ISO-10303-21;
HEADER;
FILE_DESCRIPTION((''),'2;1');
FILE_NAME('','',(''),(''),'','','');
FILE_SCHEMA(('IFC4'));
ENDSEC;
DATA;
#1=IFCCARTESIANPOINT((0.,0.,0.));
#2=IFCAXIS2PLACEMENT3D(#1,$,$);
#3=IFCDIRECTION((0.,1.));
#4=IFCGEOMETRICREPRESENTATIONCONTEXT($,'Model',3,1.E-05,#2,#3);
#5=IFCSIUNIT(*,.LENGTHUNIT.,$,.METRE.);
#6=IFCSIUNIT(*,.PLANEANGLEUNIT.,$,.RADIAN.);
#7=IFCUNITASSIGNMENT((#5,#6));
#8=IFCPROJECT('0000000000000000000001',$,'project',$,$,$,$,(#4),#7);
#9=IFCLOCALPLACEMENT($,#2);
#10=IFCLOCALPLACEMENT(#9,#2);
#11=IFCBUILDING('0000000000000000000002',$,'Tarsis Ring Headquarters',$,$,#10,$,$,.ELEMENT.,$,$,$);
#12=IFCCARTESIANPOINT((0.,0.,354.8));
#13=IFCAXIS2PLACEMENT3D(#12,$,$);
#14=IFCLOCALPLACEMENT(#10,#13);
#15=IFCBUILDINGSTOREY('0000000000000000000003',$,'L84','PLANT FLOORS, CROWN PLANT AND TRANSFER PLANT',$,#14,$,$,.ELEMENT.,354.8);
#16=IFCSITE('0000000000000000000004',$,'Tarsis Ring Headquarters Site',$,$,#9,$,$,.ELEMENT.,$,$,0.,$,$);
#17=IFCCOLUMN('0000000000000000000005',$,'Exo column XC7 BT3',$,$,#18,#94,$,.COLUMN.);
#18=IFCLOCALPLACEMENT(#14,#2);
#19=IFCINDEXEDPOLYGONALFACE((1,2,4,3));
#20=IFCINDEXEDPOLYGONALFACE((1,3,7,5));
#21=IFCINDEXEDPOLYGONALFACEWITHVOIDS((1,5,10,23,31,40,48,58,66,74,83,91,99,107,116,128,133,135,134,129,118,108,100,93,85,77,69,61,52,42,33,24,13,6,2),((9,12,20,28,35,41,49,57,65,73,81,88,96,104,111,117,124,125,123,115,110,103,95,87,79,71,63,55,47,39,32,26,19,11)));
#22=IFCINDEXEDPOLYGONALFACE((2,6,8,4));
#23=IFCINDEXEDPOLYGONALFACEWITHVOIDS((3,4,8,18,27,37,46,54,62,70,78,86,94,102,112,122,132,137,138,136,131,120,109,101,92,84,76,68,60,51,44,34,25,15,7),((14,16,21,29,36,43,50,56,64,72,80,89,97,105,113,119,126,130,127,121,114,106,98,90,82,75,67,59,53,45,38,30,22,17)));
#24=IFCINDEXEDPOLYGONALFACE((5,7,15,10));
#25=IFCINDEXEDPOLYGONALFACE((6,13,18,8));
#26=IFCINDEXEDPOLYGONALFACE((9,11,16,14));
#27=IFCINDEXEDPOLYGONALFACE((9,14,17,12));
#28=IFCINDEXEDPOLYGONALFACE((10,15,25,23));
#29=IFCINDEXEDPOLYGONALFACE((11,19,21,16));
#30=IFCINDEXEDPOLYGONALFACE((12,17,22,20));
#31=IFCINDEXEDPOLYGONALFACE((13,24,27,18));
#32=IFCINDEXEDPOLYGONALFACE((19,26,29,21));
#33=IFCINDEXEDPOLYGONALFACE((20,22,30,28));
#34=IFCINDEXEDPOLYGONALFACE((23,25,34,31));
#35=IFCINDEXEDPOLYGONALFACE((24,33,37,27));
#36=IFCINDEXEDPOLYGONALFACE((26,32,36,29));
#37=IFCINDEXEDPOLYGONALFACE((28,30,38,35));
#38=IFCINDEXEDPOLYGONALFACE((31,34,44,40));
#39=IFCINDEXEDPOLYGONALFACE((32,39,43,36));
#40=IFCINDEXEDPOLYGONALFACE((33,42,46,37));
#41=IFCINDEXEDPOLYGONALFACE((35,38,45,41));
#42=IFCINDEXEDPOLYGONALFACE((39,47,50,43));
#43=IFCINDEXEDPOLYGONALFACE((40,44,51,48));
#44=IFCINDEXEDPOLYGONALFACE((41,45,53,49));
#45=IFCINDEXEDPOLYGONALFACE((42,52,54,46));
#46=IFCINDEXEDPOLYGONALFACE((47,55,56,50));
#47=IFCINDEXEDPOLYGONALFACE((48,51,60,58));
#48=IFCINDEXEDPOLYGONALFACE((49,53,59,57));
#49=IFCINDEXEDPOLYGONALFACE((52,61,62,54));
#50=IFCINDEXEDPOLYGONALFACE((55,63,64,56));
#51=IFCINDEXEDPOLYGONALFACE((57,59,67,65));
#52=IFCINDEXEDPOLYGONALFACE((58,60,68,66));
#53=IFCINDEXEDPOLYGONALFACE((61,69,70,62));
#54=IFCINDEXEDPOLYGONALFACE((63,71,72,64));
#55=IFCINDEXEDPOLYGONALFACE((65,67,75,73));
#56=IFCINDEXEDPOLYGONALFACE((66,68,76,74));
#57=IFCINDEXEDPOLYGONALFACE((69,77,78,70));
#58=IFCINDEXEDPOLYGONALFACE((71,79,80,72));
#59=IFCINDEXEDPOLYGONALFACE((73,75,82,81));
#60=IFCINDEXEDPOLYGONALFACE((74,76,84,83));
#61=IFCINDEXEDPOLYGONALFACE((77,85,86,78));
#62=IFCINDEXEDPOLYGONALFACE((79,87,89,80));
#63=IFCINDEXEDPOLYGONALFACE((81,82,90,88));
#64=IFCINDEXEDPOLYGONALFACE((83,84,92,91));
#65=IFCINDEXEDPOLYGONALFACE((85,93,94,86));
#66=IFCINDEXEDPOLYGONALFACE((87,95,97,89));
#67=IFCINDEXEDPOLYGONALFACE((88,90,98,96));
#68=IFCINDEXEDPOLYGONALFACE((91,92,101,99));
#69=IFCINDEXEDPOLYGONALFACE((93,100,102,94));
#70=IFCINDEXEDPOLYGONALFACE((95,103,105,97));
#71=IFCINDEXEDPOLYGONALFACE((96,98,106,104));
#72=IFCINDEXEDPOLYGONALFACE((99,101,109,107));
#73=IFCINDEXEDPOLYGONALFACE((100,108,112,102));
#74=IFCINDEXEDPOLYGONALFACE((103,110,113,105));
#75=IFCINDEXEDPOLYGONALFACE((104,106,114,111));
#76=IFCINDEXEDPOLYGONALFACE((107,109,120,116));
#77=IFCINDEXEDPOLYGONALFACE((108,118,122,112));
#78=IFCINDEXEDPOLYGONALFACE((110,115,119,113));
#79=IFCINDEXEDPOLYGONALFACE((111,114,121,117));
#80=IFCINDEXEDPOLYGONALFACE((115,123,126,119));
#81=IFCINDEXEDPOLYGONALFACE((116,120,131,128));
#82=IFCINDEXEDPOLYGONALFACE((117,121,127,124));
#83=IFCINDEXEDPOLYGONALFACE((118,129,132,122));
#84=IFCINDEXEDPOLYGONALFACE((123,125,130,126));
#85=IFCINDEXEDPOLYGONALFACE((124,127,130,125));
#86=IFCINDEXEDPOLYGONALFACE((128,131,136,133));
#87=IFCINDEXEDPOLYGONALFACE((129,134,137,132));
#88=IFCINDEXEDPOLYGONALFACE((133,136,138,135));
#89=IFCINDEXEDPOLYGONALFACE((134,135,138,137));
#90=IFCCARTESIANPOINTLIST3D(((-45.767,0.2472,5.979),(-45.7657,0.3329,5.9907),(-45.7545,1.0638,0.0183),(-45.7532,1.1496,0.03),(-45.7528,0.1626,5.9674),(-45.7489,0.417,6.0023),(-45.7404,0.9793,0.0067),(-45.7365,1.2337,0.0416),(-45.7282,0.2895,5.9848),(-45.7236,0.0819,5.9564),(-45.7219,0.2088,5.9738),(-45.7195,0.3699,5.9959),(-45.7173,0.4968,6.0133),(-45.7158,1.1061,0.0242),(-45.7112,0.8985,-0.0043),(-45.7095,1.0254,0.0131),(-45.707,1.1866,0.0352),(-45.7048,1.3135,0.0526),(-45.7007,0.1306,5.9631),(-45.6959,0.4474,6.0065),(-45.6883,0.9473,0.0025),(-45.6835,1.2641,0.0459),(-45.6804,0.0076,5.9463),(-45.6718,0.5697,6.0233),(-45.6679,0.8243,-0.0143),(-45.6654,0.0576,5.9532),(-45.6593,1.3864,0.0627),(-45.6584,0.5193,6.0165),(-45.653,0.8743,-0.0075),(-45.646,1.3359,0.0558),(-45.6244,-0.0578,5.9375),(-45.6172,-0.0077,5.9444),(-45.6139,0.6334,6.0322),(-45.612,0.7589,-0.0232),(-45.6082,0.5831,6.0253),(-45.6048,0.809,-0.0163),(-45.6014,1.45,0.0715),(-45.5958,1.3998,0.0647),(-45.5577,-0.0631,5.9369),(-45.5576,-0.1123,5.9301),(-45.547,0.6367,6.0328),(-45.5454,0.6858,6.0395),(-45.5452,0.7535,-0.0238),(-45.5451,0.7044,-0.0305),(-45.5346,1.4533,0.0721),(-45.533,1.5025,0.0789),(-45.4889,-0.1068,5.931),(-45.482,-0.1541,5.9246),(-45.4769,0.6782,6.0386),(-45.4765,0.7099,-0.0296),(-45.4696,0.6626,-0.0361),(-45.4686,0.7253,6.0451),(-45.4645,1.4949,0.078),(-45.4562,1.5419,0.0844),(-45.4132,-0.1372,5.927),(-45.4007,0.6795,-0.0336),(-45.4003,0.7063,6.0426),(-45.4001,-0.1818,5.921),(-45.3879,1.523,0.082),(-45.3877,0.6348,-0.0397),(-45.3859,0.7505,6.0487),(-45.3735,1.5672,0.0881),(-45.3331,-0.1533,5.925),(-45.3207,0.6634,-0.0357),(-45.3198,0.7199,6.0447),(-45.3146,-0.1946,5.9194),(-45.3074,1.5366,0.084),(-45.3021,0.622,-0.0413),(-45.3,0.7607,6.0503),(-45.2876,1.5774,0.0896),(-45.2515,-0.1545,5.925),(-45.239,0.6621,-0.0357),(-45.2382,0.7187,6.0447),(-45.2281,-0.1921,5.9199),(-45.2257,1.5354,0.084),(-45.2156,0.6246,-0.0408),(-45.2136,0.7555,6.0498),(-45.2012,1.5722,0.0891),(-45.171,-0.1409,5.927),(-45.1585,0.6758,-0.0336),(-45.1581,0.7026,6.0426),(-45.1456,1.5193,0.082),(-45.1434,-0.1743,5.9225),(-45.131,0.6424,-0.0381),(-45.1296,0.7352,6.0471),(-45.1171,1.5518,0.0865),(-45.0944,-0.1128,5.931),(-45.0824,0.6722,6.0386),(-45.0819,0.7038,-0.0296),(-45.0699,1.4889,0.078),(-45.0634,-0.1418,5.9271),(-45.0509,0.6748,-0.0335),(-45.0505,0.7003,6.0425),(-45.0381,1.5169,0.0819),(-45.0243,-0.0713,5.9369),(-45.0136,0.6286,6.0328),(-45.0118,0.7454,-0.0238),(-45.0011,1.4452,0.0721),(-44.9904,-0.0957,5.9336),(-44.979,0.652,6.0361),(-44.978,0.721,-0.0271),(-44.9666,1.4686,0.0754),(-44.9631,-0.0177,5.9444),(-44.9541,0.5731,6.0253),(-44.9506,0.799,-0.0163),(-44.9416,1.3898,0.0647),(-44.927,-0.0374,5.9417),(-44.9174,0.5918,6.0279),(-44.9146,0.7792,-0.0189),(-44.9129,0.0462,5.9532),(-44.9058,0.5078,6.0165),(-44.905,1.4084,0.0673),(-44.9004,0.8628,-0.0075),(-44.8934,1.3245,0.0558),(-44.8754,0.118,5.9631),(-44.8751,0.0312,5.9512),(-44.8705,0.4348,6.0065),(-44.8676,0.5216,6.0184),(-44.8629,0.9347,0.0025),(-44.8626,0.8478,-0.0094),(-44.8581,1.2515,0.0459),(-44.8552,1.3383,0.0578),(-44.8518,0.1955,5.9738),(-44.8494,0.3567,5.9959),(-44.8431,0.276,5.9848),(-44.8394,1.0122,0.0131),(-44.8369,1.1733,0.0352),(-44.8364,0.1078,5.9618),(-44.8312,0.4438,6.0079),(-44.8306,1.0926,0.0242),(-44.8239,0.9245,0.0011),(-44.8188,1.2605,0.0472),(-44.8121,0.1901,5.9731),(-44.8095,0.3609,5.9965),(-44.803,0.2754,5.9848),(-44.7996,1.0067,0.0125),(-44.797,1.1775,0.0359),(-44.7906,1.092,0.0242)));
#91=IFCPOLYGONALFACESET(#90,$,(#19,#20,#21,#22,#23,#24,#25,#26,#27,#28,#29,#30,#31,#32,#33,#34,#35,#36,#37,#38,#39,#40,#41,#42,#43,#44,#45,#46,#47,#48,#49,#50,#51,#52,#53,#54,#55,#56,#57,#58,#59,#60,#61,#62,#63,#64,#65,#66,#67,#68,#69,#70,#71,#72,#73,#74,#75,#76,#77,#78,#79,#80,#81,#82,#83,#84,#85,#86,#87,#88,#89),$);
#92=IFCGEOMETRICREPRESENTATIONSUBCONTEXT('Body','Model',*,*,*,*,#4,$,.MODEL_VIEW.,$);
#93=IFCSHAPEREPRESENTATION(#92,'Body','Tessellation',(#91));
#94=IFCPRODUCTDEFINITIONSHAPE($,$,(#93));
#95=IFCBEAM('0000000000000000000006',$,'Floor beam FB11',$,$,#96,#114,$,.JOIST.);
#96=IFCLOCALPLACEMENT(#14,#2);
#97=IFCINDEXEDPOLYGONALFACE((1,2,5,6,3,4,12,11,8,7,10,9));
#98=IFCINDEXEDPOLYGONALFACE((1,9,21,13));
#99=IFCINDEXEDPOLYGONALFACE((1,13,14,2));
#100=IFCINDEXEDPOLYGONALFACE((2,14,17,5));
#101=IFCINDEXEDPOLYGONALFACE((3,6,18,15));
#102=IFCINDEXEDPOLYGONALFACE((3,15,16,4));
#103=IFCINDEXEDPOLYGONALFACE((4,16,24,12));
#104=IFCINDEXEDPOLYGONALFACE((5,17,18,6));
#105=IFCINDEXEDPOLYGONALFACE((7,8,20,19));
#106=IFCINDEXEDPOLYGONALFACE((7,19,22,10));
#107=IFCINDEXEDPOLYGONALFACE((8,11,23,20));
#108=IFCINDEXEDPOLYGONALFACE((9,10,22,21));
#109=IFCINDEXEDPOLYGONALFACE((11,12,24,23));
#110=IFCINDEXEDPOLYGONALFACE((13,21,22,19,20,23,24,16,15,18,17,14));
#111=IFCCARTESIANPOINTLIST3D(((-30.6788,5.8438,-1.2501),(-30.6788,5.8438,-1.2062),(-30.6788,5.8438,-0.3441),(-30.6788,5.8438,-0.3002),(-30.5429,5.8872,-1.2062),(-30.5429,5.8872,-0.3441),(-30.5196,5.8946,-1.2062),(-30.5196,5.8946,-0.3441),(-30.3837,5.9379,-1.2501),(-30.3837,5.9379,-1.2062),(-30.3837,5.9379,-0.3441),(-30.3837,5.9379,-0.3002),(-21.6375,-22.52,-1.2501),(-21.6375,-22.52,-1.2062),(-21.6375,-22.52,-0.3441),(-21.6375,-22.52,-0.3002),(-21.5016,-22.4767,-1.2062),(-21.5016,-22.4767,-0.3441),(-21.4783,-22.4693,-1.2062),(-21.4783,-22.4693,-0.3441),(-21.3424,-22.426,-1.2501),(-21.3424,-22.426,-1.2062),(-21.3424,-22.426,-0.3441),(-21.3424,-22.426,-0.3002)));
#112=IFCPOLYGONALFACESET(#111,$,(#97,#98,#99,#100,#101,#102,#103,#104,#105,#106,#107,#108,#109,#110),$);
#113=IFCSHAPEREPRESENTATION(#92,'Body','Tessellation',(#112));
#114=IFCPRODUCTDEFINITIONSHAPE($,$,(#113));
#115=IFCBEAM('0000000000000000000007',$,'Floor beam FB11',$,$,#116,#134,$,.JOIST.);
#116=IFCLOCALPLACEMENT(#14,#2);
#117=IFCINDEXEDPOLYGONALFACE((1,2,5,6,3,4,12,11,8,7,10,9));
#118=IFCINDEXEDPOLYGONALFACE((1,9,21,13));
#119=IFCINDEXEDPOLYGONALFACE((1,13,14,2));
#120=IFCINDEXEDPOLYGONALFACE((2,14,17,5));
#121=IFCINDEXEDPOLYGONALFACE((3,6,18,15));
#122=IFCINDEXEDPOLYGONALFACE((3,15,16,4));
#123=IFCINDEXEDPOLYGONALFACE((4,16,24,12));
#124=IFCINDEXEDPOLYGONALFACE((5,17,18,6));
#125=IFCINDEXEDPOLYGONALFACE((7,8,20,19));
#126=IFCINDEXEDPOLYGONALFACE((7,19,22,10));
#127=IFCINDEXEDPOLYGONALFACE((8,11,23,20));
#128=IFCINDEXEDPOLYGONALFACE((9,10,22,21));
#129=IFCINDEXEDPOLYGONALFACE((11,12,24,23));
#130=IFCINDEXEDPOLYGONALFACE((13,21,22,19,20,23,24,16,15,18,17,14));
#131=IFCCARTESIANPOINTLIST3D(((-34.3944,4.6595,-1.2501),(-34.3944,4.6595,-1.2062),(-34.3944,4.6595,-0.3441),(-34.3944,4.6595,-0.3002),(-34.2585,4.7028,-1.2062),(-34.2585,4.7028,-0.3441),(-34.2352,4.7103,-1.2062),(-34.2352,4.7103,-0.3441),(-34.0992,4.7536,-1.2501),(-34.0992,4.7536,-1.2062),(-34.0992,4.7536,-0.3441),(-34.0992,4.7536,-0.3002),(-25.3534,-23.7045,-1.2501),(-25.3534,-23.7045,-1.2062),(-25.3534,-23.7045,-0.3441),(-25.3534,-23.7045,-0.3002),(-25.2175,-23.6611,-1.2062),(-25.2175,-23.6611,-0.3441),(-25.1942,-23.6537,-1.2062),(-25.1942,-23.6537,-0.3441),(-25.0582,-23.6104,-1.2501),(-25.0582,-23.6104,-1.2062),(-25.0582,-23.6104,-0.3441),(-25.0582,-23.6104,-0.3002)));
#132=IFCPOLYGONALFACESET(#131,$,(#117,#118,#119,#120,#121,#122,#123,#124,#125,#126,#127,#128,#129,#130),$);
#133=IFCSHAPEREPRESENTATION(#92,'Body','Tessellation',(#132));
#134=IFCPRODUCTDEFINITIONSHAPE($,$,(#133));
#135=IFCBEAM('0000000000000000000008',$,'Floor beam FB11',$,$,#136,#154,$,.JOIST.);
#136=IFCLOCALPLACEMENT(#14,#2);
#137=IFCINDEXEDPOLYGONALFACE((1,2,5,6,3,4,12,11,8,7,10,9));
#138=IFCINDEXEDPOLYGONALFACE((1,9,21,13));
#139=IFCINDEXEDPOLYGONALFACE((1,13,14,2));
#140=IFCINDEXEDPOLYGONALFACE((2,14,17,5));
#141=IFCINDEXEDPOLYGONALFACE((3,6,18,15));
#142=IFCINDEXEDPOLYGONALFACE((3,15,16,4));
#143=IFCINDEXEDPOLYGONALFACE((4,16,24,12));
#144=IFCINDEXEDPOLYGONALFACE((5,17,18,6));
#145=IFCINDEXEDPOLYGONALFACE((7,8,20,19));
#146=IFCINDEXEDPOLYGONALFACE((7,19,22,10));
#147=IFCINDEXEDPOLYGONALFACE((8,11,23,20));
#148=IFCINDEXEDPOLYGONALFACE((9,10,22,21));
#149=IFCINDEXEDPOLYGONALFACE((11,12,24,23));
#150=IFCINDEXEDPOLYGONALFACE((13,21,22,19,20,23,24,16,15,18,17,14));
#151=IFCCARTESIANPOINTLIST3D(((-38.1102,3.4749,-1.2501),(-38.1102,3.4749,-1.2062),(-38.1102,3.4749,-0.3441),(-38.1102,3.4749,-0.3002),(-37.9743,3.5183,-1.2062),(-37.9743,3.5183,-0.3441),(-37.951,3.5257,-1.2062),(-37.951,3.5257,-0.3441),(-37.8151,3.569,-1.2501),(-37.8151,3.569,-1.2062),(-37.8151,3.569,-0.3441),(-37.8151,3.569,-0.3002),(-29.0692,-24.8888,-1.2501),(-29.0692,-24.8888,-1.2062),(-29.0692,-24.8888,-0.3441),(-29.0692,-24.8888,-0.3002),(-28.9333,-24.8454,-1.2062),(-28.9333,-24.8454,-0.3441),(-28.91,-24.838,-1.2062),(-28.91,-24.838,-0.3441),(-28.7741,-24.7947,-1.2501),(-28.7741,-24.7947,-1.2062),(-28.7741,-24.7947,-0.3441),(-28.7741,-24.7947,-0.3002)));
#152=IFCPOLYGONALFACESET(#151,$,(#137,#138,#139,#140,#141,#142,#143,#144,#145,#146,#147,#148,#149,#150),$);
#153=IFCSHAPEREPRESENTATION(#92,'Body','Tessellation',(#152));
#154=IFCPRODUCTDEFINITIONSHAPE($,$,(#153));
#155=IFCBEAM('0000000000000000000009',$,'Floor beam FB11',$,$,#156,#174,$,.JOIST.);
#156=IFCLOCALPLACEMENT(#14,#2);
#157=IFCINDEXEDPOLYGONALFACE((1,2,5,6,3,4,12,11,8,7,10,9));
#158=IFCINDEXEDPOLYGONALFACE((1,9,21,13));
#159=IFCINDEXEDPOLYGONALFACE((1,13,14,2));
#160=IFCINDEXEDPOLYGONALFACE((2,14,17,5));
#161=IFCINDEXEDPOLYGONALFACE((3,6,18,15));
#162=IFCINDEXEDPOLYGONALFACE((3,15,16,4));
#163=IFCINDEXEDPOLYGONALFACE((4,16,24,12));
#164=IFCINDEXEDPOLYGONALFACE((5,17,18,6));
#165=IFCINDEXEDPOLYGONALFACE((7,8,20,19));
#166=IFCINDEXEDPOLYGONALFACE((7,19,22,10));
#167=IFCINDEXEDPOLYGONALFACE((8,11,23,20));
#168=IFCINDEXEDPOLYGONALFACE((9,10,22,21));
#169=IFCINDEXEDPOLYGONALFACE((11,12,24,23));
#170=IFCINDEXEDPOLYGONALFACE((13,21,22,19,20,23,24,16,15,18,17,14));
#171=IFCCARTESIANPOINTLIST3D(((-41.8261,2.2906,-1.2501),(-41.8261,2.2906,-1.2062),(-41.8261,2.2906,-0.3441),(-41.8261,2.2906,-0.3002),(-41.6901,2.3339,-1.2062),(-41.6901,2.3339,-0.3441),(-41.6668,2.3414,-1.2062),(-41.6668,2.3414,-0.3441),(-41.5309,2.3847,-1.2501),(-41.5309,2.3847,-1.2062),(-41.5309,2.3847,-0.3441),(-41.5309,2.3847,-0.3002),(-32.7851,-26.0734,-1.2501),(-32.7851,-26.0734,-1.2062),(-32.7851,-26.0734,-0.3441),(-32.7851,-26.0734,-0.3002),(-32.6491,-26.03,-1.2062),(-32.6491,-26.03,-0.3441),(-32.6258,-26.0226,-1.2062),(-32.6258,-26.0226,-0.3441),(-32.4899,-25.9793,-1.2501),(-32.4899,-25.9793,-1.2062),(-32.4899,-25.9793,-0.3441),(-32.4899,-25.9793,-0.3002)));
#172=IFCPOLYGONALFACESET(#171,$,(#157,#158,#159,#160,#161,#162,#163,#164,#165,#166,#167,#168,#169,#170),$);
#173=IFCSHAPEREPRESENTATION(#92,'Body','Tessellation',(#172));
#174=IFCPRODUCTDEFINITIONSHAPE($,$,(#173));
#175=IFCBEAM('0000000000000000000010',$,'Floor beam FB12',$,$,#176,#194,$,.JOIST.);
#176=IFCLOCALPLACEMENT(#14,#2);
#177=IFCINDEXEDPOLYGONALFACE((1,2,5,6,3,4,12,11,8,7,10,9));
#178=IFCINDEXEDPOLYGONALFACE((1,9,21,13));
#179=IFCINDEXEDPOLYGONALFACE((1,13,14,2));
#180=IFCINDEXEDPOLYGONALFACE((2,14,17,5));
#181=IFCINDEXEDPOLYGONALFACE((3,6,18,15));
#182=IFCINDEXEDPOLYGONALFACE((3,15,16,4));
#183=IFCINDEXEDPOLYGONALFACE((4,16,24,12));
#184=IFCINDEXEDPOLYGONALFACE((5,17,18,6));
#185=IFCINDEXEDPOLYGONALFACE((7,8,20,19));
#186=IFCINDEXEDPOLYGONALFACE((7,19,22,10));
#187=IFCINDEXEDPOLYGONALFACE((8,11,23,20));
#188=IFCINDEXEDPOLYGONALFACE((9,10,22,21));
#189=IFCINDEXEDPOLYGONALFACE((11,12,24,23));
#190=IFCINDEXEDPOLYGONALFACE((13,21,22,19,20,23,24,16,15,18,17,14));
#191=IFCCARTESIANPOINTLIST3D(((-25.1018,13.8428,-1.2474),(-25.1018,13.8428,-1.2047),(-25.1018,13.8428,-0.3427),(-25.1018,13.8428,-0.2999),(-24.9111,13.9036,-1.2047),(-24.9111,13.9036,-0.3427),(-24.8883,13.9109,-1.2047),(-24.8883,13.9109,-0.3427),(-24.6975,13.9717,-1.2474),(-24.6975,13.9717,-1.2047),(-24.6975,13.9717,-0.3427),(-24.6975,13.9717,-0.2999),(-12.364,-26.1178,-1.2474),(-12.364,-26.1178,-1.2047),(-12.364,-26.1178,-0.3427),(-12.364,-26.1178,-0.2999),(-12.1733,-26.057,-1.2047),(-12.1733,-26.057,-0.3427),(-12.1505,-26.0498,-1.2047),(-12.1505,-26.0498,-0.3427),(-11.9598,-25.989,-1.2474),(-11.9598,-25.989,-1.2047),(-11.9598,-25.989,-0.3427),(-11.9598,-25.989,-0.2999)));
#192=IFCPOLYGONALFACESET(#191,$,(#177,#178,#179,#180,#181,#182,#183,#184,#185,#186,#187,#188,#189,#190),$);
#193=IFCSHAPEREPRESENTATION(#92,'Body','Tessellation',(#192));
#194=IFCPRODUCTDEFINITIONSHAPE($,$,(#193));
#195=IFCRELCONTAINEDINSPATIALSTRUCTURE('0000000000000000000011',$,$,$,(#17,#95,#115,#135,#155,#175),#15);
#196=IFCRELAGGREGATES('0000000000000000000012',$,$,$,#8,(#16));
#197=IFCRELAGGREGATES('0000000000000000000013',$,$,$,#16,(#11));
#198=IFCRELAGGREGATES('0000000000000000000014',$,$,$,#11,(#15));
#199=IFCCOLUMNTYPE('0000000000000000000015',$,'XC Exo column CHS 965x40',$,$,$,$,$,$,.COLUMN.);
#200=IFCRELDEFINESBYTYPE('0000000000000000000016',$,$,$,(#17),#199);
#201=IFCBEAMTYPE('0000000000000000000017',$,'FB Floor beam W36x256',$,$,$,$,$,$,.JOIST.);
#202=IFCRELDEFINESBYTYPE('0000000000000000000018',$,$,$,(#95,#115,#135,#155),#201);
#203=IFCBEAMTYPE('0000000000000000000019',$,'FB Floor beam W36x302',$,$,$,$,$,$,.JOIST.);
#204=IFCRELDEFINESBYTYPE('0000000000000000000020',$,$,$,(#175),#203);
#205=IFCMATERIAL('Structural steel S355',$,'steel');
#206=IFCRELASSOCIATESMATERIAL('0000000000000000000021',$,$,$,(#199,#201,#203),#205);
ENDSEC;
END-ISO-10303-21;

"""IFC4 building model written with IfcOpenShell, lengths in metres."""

from ifc_helpers import new_model, si_unit, direction, frame, origin, origin_2d, place, context, subcontext, project, spatial, hollow_circle, i_section, extrude, material, material_profile, profile_set, type_object, element, save


model = new_model("IFC4")

# Units and contexts
model_context = context("Model", 3, precision=1e-05, world=origin(), true_north=direction((0.0, 1.0)))
body_context = subcontext(model_context, "Body", "Model", "MODEL_VIEW")
ifc_project = project(units=[si_unit("LENGTHUNIT", "METRE"), si_unit("PLANEANGLEUNIT", "RADIAN")], contexts=[model_context])

# Site, building, storey
site_placement = place(None, origin())
site = spatial("IfcSite", under=ifc_project, at=site_placement, Name="Tarsis Ring Headquarters Site", CompositionType="ELEMENT", RefElevation=0.0)
building_placement = place(site_placement, origin())
building = spatial("IfcBuilding", under=site, at=building_placement, Name="Tarsis Ring Headquarters", CompositionType="ELEMENT")
storey_placement = place(building_placement, frame((0.0, 0.0, 354.8)))
storey = spatial("IfcBuildingStorey", under=building, at=storey_placement, Name="L84", Description="PLANT FLOORS, CROWN PLANT AND TRANSFER PLANT", CompositionType="ELEMENT", Elevation=354.8)

# Column
ifc_material_1 = material(Name="Structural steel S355", Category="steel")
ifc_material_profile_1 = material_profile(ifc_material_1, hollow_circle(Radius=0.4827, WallThickness=0.04, at=origin_2d()), Name="CHS 965x40")
ifc_profile_set_1 = profile_set([ifc_material_profile_1], Name="Structural steel S355")
column_type = type_object("IfcColumnType", Name="XC Exo column CHS 965x40", PredefinedType="COLUMN", material=ifc_profile_set_1)
column_1_placement = place(storey_placement, frame((-45.2732, 1.0994, 0.0242), z_axis=(-0.00207, -0.135738, 0.990743), x_axis=(0.999884, -0.015245, 0.0)))
element("IfcColumn", 1, at=column_1_placement, inside=storey, type_object=column_type, Name="Exo column XC7 BT3", PredefinedType="COLUMN", context=body_context, shape_type="SweptSolid", body=[
    extrude(hollow_circle(Radius=0.4827, WallThickness=0.04, at=origin_2d()), origin(), (0.0, 0.0, 1.0), 6.0164),
])

# Beams
ifc_material_profile_2 = material_profile(ifc_material_1, i_section(OverallWidth=0.3098, OverallDepth=0.95, WebThickness=0.0244, FlangeThickness=0.0439, at=origin_2d()), Name="W36x256")
ifc_profile_set_2 = profile_set([ifc_material_profile_2], Name="Structural steel S355")
beam_type_1 = type_object("IfcBeamType", Name="FB Floor beam W36x256", PredefinedType="JOIST", material=ifc_profile_set_2)
for number, where, z_axis, x_axis, name in (
    (2, (-30.5312, 5.8909, -0.7751), (0.303705, -0.952766, 0.0), (0.952766, 0.303705, 0.0), "Floor beam FB11"),
    (3, (-34.2468, 4.7065, -0.7751), (0.303695, -0.952769, 0.0), (0.952769, 0.303695, 0.0), "Floor beam FB11"),
):
    element("IfcBeam", number, at=place(storey_placement, frame(where, z_axis=z_axis, x_axis=x_axis)), inside=storey, type_object=beam_type_1, Name=name, PredefinedType="JOIST", context=body_context, shape_type="SweptSolid", body=[
        extrude(i_section(OverallWidth=0.3098, OverallDepth=0.95, WebThickness=0.0244, FlangeThickness=0.0439, at=origin_2d()), origin(), (0.0, 0.0, 1.0), 29.77),
    ])
beam_1_placement = place(storey_placement, frame((-37.9626, 3.522, -0.7751), z_axis=(0.303697, -0.952769, 0.0), x_axis=(0.952769, 0.303697, 0.0)))
element("IfcBeam", 4, at=beam_1_placement, inside=storey, type_object=beam_type_1, Name="Floor beam FB11", PredefinedType="JOIST", context=body_context, shape_type="SweptSolid", body=[
    extrude(i_section(OverallWidth=0.3098, OverallDepth=0.95, WebThickness=0.0244, FlangeThickness=0.0439, at=origin_2d()), origin(), (0.0, 0.0, 1.0), 29.7698),
])
beam_2_placement = place(storey_placement, frame((-41.6785, 2.3376, -0.7751), z_axis=(0.303695, -0.952769, 0.0), x_axis=(0.952769, 0.303695, 0.0)))
element("IfcBeam", 5, at=beam_2_placement, inside=storey, type_object=beam_type_1, Name="Floor beam FB11", PredefinedType="JOIST", context=body_context, shape_type="SweptSolid", body=[
    extrude(i_section(OverallWidth=0.3098, OverallDepth=0.95, WebThickness=0.0244, FlangeThickness=0.0439, at=origin_2d()), origin(), (0.0, 0.0, 1.0), 29.77),
])
ifc_material_profile_3 = material_profile(ifc_material_1, i_section(OverallWidth=0.4243, OverallDepth=0.9475, WebThickness=0.0239, FlangeThickness=0.0427, at=origin_2d()), Name="W36x302")
ifc_profile_set_3 = profile_set([ifc_material_profile_3], Name="Structural steel S355")
beam_type_2 = type_object("IfcBeamType", Name="FB Floor beam W36x302", PredefinedType="JOIST", material=ifc_profile_set_3)
beam_3_placement = place(storey_placement, frame((-24.8997, 13.9072, -0.7737), z_axis=(0.303702, -0.952767, 0.0), x_axis=(0.952767, 0.303702, 0.0)))
element("IfcBeam", 6, at=beam_3_placement, inside=storey, type_object=beam_type_2, Name="Floor beam FB12", PredefinedType="JOIST", context=body_context, shape_type="SweptSolid", body=[
    extrude(i_section(OverallWidth=0.4243, OverallDepth=0.9475, WebThickness=0.0239, FlangeThickness=0.0427, at=origin_2d()), origin(), (0.0, 0.0, 1.0), 41.9417),
])

save(model, "model.ifc")
